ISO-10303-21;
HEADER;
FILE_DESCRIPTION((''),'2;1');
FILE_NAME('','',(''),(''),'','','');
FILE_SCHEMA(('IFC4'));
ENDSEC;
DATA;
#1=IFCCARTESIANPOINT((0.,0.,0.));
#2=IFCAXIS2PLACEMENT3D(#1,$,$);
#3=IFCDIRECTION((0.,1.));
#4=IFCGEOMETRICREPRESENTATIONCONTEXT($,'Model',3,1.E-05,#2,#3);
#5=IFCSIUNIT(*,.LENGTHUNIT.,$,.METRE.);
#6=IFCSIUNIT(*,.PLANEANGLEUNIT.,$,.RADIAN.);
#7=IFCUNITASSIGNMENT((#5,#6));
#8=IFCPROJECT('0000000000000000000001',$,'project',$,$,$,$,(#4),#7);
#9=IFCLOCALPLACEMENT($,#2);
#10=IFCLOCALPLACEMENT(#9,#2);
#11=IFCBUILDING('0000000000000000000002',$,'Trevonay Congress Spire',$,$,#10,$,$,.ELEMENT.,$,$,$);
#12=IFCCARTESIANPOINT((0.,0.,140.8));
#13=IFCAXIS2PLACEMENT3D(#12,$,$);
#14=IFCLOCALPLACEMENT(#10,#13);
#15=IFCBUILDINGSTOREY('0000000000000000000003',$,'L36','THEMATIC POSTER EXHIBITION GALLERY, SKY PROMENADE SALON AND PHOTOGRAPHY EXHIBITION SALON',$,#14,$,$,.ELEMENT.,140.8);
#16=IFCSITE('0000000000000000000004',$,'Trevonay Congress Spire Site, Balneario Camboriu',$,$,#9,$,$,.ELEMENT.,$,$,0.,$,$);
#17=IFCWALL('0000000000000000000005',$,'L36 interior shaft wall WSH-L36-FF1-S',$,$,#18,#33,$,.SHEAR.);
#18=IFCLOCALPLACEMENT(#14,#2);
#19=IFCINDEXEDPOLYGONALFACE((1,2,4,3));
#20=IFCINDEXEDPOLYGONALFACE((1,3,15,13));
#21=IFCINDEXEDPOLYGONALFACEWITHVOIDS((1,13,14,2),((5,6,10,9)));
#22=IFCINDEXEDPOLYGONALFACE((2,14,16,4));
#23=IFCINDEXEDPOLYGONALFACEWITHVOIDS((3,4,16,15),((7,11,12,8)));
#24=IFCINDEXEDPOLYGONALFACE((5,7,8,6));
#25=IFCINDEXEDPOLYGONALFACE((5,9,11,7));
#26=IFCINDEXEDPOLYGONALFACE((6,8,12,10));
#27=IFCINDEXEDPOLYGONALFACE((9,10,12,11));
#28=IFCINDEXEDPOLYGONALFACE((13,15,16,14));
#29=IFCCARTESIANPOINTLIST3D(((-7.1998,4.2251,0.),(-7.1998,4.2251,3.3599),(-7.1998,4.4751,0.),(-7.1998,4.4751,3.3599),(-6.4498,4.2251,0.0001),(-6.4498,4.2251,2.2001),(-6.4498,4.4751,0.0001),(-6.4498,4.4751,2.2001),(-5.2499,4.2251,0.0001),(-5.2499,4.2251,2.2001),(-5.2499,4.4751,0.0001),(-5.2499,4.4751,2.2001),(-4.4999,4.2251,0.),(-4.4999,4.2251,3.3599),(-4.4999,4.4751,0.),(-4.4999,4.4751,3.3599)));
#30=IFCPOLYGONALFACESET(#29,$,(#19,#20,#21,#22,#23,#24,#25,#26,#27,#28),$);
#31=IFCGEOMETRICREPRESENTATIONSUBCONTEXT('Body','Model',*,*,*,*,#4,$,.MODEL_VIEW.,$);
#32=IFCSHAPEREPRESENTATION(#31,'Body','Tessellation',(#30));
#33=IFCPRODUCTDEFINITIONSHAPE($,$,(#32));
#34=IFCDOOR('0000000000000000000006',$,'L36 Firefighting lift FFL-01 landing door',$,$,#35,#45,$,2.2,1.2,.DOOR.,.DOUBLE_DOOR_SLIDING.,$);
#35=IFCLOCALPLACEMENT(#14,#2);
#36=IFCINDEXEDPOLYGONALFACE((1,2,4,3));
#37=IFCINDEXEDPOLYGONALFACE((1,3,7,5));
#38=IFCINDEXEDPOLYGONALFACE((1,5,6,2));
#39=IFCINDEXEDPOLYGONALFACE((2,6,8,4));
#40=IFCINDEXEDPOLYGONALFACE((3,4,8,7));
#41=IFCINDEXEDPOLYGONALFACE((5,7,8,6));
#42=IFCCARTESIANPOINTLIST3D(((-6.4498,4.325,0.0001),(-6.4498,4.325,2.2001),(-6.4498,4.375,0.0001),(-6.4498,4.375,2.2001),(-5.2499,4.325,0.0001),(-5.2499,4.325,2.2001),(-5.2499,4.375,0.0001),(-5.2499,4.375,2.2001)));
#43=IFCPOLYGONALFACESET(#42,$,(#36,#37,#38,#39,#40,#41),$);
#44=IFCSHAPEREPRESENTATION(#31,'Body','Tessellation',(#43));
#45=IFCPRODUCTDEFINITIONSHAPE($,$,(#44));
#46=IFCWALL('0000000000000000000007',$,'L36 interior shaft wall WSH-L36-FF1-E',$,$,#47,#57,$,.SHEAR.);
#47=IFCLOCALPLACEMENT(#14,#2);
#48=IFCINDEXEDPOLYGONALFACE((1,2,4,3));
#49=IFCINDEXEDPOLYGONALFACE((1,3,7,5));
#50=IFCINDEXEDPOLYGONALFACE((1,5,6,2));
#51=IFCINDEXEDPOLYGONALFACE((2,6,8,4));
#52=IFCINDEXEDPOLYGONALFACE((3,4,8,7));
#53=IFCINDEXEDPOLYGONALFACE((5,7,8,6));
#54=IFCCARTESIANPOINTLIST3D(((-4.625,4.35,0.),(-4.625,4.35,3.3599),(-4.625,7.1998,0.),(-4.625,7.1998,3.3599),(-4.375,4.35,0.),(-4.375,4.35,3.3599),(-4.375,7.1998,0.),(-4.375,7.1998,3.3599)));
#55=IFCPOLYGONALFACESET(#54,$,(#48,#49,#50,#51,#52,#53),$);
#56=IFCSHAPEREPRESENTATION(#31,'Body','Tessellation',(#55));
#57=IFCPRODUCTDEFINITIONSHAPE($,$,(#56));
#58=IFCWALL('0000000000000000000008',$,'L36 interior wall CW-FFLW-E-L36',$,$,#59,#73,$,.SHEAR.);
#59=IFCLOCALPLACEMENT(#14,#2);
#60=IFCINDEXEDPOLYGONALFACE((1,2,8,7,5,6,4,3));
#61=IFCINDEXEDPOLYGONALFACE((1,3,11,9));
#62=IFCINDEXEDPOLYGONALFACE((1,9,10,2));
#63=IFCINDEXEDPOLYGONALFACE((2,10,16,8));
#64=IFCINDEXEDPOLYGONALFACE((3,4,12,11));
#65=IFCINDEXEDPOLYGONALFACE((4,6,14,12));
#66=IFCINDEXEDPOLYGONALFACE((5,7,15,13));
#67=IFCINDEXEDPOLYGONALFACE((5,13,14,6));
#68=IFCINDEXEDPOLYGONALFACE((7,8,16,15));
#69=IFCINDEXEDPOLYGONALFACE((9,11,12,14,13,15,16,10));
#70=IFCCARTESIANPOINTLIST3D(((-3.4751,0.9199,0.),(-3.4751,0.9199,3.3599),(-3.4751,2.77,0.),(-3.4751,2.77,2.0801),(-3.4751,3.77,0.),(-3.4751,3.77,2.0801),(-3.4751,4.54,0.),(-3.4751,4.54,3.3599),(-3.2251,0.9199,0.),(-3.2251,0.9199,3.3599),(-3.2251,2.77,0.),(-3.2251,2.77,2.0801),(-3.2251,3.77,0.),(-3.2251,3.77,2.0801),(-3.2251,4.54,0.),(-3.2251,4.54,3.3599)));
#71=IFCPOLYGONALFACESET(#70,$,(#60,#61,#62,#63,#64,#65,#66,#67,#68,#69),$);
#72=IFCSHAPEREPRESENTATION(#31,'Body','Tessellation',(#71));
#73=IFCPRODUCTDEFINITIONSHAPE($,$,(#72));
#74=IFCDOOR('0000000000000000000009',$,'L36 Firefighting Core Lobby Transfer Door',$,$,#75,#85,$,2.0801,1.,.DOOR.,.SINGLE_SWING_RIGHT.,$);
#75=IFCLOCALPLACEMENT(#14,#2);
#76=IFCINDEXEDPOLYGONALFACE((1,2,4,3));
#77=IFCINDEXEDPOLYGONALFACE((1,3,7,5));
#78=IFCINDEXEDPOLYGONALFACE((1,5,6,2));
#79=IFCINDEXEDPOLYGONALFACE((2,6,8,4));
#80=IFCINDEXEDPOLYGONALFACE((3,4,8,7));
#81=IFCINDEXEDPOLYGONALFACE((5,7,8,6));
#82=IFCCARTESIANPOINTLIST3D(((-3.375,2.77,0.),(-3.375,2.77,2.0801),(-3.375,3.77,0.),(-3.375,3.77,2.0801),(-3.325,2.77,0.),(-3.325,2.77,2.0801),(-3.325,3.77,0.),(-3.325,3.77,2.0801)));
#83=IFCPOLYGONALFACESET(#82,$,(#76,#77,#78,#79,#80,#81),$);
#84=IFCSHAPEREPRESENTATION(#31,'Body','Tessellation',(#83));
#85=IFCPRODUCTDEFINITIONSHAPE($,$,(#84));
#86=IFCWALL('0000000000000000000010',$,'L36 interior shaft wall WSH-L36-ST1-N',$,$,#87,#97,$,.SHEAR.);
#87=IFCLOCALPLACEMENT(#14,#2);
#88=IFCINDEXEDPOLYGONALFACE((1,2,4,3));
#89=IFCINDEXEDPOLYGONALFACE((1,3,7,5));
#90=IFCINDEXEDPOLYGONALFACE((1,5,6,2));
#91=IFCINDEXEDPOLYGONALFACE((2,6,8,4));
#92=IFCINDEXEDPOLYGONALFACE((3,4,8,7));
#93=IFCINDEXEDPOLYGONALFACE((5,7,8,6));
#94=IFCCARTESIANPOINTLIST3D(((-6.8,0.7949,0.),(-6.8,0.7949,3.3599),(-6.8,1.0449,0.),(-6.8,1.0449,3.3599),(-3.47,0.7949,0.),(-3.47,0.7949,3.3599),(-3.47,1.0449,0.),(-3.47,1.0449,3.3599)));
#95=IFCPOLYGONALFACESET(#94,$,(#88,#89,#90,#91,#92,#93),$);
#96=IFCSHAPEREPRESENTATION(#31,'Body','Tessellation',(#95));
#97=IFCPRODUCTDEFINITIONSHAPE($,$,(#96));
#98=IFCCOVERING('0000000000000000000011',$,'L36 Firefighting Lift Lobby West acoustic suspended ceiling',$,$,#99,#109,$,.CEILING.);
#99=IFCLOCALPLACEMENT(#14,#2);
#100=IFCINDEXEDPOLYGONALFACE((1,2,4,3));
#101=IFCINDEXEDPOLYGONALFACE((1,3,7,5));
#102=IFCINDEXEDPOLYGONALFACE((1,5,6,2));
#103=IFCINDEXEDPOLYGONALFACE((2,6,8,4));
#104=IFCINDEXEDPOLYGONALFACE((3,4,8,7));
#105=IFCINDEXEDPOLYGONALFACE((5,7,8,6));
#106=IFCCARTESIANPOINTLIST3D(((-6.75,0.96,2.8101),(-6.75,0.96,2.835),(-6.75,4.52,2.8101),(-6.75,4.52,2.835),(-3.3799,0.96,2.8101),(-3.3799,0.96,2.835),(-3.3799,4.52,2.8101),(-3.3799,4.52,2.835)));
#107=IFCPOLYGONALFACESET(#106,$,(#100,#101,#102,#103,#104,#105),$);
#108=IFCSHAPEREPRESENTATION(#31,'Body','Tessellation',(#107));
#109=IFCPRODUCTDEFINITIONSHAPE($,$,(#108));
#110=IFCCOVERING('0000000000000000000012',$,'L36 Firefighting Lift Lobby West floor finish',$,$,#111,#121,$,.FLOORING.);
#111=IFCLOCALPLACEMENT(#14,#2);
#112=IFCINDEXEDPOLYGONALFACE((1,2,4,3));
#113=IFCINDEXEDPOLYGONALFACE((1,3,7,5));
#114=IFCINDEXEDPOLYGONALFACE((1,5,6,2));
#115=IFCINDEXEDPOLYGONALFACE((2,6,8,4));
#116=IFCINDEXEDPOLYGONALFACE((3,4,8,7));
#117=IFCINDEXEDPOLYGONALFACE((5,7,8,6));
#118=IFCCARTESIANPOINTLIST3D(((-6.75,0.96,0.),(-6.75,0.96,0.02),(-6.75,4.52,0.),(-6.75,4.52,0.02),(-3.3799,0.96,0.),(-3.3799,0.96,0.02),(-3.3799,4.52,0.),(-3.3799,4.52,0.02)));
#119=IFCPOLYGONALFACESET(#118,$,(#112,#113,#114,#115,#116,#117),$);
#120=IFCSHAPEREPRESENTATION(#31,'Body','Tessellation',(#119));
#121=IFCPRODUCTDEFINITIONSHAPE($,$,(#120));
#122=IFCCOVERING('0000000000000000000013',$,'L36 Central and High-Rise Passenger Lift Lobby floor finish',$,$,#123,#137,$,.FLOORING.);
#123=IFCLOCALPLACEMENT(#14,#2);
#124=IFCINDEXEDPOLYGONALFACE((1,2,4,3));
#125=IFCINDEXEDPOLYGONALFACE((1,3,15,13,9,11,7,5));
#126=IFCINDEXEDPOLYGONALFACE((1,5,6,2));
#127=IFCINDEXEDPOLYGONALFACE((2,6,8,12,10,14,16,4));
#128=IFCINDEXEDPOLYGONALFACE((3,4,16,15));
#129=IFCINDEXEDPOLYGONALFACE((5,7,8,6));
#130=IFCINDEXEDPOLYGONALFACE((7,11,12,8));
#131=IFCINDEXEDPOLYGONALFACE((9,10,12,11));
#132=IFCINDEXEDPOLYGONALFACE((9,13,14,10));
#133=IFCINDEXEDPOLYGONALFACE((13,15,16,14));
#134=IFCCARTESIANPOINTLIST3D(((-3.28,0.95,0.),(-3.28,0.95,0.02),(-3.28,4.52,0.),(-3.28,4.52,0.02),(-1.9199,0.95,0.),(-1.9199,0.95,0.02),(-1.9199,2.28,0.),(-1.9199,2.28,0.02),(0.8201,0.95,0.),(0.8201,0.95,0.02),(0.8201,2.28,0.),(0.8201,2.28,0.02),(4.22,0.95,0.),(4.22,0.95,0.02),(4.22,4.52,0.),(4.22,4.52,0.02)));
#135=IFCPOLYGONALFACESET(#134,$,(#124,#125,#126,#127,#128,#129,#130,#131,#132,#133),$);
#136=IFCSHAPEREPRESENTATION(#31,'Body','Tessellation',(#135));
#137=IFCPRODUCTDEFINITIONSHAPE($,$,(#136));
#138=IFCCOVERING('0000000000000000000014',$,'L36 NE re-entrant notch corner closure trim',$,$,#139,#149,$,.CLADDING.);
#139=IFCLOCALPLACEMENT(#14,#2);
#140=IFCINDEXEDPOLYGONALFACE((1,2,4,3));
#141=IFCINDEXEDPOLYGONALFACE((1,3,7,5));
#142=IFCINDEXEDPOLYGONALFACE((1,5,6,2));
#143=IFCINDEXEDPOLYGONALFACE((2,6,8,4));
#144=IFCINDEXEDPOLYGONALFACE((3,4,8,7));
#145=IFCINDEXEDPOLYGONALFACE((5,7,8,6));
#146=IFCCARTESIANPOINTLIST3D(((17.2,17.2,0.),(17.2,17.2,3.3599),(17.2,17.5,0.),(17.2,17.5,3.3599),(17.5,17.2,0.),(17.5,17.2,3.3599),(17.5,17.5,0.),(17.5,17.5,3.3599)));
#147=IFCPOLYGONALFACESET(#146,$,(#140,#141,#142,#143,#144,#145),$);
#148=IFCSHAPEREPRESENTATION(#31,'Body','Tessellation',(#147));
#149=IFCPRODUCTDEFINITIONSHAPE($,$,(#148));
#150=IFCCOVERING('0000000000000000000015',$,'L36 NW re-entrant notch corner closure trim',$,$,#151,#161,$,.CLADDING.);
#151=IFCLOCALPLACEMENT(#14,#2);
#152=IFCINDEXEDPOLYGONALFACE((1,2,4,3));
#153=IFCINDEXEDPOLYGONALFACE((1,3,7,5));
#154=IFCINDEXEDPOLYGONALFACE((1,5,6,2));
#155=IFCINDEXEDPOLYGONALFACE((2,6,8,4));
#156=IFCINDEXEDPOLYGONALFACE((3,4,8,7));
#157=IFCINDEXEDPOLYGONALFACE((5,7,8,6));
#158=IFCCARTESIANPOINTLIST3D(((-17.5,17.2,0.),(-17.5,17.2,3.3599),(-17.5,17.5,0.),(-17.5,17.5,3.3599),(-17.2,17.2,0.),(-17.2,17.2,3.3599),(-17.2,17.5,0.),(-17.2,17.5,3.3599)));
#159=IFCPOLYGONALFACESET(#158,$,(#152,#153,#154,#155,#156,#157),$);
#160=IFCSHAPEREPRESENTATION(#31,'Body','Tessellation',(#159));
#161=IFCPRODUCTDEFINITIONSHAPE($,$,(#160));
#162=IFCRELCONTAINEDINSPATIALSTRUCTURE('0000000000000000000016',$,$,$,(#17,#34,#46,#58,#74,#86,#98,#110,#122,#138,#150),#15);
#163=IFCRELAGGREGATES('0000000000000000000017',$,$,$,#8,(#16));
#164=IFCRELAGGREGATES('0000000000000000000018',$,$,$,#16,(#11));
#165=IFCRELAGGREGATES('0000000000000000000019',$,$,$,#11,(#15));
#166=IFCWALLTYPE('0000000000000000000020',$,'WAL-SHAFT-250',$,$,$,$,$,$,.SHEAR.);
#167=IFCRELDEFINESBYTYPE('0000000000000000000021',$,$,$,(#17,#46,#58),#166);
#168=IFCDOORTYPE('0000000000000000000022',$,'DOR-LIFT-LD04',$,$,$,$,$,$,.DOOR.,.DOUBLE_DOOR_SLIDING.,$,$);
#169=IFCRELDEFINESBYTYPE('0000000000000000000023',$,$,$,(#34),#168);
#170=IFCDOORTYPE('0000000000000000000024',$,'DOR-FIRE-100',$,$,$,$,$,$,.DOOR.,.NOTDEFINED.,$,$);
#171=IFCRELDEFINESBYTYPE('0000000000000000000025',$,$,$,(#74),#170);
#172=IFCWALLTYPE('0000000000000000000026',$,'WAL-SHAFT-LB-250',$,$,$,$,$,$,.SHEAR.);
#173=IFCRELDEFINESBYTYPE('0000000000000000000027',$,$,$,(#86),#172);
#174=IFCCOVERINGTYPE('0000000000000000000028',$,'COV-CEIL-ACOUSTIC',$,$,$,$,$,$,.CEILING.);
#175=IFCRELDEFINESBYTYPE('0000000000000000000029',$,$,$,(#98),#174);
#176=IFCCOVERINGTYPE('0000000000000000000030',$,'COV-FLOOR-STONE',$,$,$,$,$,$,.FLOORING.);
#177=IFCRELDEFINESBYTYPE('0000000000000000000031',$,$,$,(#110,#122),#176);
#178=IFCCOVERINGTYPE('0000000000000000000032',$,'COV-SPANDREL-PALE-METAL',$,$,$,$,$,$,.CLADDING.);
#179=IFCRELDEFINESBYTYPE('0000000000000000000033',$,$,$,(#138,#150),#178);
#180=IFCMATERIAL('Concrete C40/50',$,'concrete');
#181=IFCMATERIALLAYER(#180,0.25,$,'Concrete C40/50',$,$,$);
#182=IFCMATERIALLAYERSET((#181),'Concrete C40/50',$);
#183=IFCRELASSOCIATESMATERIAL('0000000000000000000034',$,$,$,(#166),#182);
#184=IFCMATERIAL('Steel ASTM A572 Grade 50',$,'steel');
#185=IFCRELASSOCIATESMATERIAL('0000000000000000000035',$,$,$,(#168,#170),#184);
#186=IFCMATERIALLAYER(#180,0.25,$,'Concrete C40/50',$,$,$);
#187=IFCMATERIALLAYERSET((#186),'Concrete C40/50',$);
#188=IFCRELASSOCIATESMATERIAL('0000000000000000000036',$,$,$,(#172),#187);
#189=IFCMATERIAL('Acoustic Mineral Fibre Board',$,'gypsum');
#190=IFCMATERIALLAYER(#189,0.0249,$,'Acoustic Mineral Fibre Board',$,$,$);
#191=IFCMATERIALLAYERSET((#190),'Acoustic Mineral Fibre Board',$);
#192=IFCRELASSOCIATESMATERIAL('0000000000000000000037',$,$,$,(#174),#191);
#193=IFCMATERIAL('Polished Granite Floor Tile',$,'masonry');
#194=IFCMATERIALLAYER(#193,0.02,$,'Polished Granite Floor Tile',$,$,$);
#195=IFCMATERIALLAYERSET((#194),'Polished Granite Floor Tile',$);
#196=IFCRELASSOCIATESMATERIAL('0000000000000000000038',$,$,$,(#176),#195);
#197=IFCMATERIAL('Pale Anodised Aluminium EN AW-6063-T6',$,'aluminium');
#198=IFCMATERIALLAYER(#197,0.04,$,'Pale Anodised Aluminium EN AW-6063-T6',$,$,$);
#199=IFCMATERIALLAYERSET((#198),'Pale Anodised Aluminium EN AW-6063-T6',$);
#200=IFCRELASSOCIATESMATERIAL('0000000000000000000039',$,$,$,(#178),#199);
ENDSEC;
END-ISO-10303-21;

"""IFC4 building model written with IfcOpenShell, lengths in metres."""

from ifc_helpers import new_model, si_unit, direction, frame, frame_2d, origin, place, context, subcontext, project, spatial, polyline, rectangle, outline, extrude, material, layer, layer_set, type_object, element, fill, save


model = new_model("IFC4")

# Units and contexts
model_context = context("Model", 3, precision=1e-05, world=origin(), true_north=direction((0.0, 1.0)))
body_context = subcontext(model_context, "Body", "Model", "MODEL_VIEW")
ifc_project = project(units=[si_unit("LENGTHUNIT", "METRE"), si_unit("PLANEANGLEUNIT", "RADIAN")], contexts=[model_context])

# Site, building, storey
site_placement = place(None, origin())
site = spatial("IfcSite", under=ifc_project, at=site_placement, Name="Trevonay Congress Spire Site, Balneario Camboriu", CompositionType="ELEMENT", RefElevation=0.0)
building_placement = place(site_placement, origin())
building = spatial("IfcBuilding", under=site, at=building_placement, Name="Trevonay Congress Spire", CompositionType="ELEMENT")
storey_placement = place(building_placement, frame((0.0, 0.0, 140.8)))
storey = spatial("IfcBuildingStorey", under=building, at=storey_placement, Name="L36", Description="THEMATIC POSTER EXHIBITION GALLERY, SKY PROMENADE SALON AND PHOTOGRAPHY EXHIBITION SALON", CompositionType="ELEMENT", Elevation=140.8)

# Shared definitions
ifc_material_1 = material(Name="Steel ASTM A572 Grade 50", Category="steel")

# Shared definitions
ifc_material_2 = material(Name="Concrete C40/50", Category="concrete")

# Shared definitions
ifc_layer_1 = layer(ifc_material_2, 0.25, Name="Concrete C40/50")
ifc_layer_set_1 = layer_set([ifc_layer_1], Name="Concrete C40/50")
wall_type_1 = type_object("IfcWallType", Name="WAL-SHAFT-250", PredefinedType="SHEAR", material=ifc_layer_set_1)
ifc_material_3 = material(Name="Pale Anodised Aluminium EN AW-6063-T6", Category="aluminium")

# Wall, opening, door
wall_1_placement = place(storey_placement, frame((-7.2, 4.3501, 0.0), z_axis=(0.0, 0.0, 1.0), x_axis=(1.0, 0.0, 0.0)))
wall_1 = element("IfcWall", 1, at=wall_1_placement, inside=storey, type_object=wall_type_1, Name="L36 interior shaft wall WSH-L36-FF1-S", PredefinedType="SHEAR", context=body_context, shape_type="SweptSolid", body=[
    extrude(rectangle(XDim=2.7, YDim=0.25, at=frame_2d((1.3501, 0.0))), origin(), (0.0, 0.0, 1.0), 3.3599),
])
opening_1_placement = place(wall_1_placement, frame((0.75, 0.0, 0.0)))
opening_1 = element("IfcOpeningElement", 2, at=opening_1_placement, cuts=wall_1, PredefinedType="OPENING", context=body_context, shape_type="SweptSolid", body=[
    extrude(rectangle(XDim=1.2, YDim=2.2, at=frame_2d((0.6001, 1.1001))), frame((0.0, 0.135, 0.0), z_axis=(0.0, -1.0, 0.0), x_axis=(1.0, 0.0, 0.0)), (0.0, 0.0, 1.0), 0.27),
])
door_type_1 = type_object("IfcDoorType", Name="DOR-LIFT-LD04", OperationType="DOUBLE_DOOR_SLIDING", PredefinedType="DOOR", material=ifc_material_1)
door_1_placement = place(opening_1_placement, origin())
door_1 = element("IfcDoor", 3, at=door_1_placement, inside=storey, type_object=door_type_1, Name="L36 Firefighting lift FFL-01 landing door", OperationType="DOUBLE_DOOR_SLIDING", OverallHeight=2.2, OverallWidth=1.2, PredefinedType="DOOR", context=body_context, shape_type="SweptSolid", body=[
    extrude(rectangle(XDim=1.2, YDim=2.2, at=frame_2d((0.6001, 1.1001))), frame((0.0, 0.0249, 0.0), z_axis=(0.0, -1.0, 0.0), x_axis=(1.0, 0.0, 0.0)), (0.0, 0.0, 1.0), 0.05),
])
fill(opening_1, door_1)

# Wall
wall_2_placement = place(storey_placement, frame((-4.5, 4.3501, 0.0), z_axis=(0.0, 0.0, 1.0), x_axis=(0.0, 1.0, 0.0)))
element("IfcWall", 4, at=wall_2_placement, inside=storey, type_object=wall_type_1, Name="L36 interior shaft wall WSH-L36-FF1-E", PredefinedType="SHEAR", context=body_context, shape_type="SweptSolid", body=[
    extrude(rectangle(XDim=2.8499, YDim=0.25, at=frame_2d((1.4248, 0.0))), origin(), (0.0, 0.0, 1.0), 3.3599),
])

# Wall, opening, door
wall_3_placement = place(storey_placement, frame((-3.3501, 0.9199, 0.0), z_axis=(0.0, 0.0, 1.0), x_axis=(0.0, 1.0, 0.0)))
wall_3 = element("IfcWall", 5, at=wall_3_placement, inside=storey, type_object=wall_type_1, Name="L36 interior wall CW-FFLW-E-L36", PredefinedType="SHEAR", context=body_context, shape_type="SweptSolid", body=[
    extrude(rectangle(XDim=3.6201, YDim=0.25, at=frame_2d((1.8101, 0.0))), origin(), (0.0, 0.0, 1.0), 3.3599),
])
opening_2_placement = place(wall_3_placement, frame((1.8501, 0.0, 0.0)))
opening_2 = element("IfcOpeningElement", 6, at=opening_2_placement, cuts=wall_3, PredefinedType="OPENING", context=body_context, shape_type="SweptSolid", body=[
    extrude(rectangle(XDim=1.0, YDim=2.0801, at=frame_2d((0.5, 1.04))), frame((0.0, 0.135, 0.0), z_axis=(0.0, -1.0, 0.0), x_axis=(1.0, 0.0, 0.0)), (0.0, 0.0, 1.0), 0.27),
])
door_type_2 = type_object("IfcDoorType", Name="DOR-FIRE-100", OperationType="NOTDEFINED", PredefinedType="DOOR", material=ifc_material_1)
door_2_placement = place(opening_2_placement, origin())
door_2 = element("IfcDoor", 7, at=door_2_placement, inside=storey, type_object=door_type_2, Name="L36 Firefighting Core Lobby Transfer Door", OperationType="SINGLE_SWING_RIGHT", OverallHeight=2.0801, OverallWidth=1.0, PredefinedType="DOOR", context=body_context, shape_type="SweptSolid", body=[
    extrude(rectangle(XDim=1.0, YDim=2.0801, at=frame_2d((0.5, 1.04))), frame((0.0, 0.0249, 0.0), z_axis=(0.0, -1.0, 0.0), x_axis=(1.0, 0.0, 0.0)), (0.0, 0.0, 1.0), 0.05),
])
fill(opening_2, door_2)

# Wall
ifc_layer_2 = layer(ifc_material_2, 0.25, Name="Concrete C40/50")
ifc_layer_set_2 = layer_set([ifc_layer_2], Name="Concrete C40/50")
wall_type_2 = type_object("IfcWallType", Name="WAL-SHAFT-LB-250", PredefinedType="SHEAR", material=ifc_layer_set_2)
wall_4_placement = place(storey_placement, frame((-6.8, 0.9199, 0.0), z_axis=(0.0, 0.0, 1.0), x_axis=(1.0, 0.0, 0.0)))
element("IfcWall", 8, at=wall_4_placement, inside=storey, type_object=wall_type_2, Name="L36 interior shaft wall WSH-L36-ST1-N", PredefinedType="SHEAR", context=body_context, shape_type="SweptSolid", body=[
    extrude(rectangle(XDim=3.3301, YDim=0.25, at=frame_2d((1.665, 0.0))), origin(), (0.0, 0.0, 1.0), 3.3599),
])

# Coverings
ifc_material_4 = material(Name="Acoustic Mineral Fibre Board", Category="gypsum")
ifc_layer_3 = layer(ifc_material_4, 0.0249, Name="Acoustic Mineral Fibre Board")
ifc_layer_set_3 = layer_set([ifc_layer_3], Name="Acoustic Mineral Fibre Board")
covering_type_1 = type_object("IfcCoveringType", Name="COV-CEIL-ACOUSTIC", PredefinedType="CEILING", material=ifc_layer_set_3)
covering_1_placement = place(storey_placement, frame((0.0, 0.0, 2.8101)))
element("IfcCovering", 9, at=covering_1_placement, inside=storey, type_object=covering_type_1, Name="L36 Firefighting Lift Lobby West acoustic suspended ceiling", PredefinedType="CEILING", context=body_context, shape_type="SweptSolid", body=[
    extrude(outline(polyline([(-6.75, 0.96), (-3.3799, 0.96), (-3.3799, 4.52), (-6.75, 4.52), (-6.75, 0.96)])), origin(), (0.0, 0.0, 1.0), 0.0249),
])
ifc_material_5 = material(Name="Polished Granite Floor Tile", Category="masonry")
ifc_layer_4 = layer(ifc_material_5, 0.02, Name="Polished Granite Floor Tile")
ifc_layer_set_4 = layer_set([ifc_layer_4], Name="Polished Granite Floor Tile")
covering_type_2 = type_object("IfcCoveringType", Name="COV-FLOOR-STONE", PredefinedType="FLOORING", material=ifc_layer_set_4)
covering_2_placement = place(storey_placement, origin())
element("IfcCovering", 10, at=covering_2_placement, inside=storey, type_object=covering_type_2, Name="L36 Firefighting Lift Lobby West floor finish", PredefinedType="FLOORING", context=body_context, shape_type="SweptSolid", body=[
    extrude(outline(polyline([(-6.75, 0.96), (-3.3799, 0.96), (-3.3799, 4.52), (-6.75, 4.52), (-6.75, 0.96)])), origin(), (0.0, 0.0, 1.0), 0.02),
])
covering_3_placement = place(storey_placement, origin())
element("IfcCovering", 11, at=covering_3_placement, inside=storey, type_object=covering_type_2, Name="L36 Central and High-Rise Passenger Lift Lobby floor finish", PredefinedType="FLOORING", context=body_context, shape_type="SweptSolid", body=[
    extrude(outline(polyline([(-3.28, 0.95), (-1.9199, 0.95), (-1.9199, 2.28), (0.8201, 2.28), (0.8201, 0.95), (4.22, 0.95), (4.22, 4.52), (-3.28, 4.52), (-3.28, 0.95)])), origin(), (0.0, 0.0, 1.0), 0.02),
])
ifc_layer_5 = layer(ifc_material_3, 0.04, Name="Pale Anodised Aluminium EN AW-6063-T6")
ifc_layer_set_5 = layer_set([ifc_layer_5], Name="Pale Anodised Aluminium EN AW-6063-T6")
covering_type_3 = type_object("IfcCoveringType", Name="COV-SPANDREL-PALE-METAL", PredefinedType="CLADDING", material=ifc_layer_set_5)
covering_4_placement = place(storey_placement, origin())
element("IfcCovering", 12, at=covering_4_placement, inside=storey, type_object=covering_type_3, Name="L36 NE re-entrant notch corner closure trim", PredefinedType="CLADDING", context=body_context, shape_type="SweptSolid", body=[
    extrude(outline(polyline([(17.2, 17.2), (17.5, 17.2), (17.5, 17.5), (17.2, 17.5), (17.2, 17.2)])), origin(), (0.0, 0.0, 1.0), 3.3599),
])
covering_5_placement = place(storey_placement, origin())
element("IfcCovering", 13, at=covering_5_placement, inside=storey, type_object=covering_type_3, Name="L36 NW re-entrant notch corner closure trim", PredefinedType="CLADDING", context=body_context, shape_type="SweptSolid", body=[
    extrude(outline(polyline([(-17.5, 17.2), (-17.2, 17.2), (-17.2, 17.5), (-17.5, 17.5), (-17.5, 17.2)])), origin(), (0.0, 0.0, 1.0), 3.3599),
])

save(model, "model.ifc")
